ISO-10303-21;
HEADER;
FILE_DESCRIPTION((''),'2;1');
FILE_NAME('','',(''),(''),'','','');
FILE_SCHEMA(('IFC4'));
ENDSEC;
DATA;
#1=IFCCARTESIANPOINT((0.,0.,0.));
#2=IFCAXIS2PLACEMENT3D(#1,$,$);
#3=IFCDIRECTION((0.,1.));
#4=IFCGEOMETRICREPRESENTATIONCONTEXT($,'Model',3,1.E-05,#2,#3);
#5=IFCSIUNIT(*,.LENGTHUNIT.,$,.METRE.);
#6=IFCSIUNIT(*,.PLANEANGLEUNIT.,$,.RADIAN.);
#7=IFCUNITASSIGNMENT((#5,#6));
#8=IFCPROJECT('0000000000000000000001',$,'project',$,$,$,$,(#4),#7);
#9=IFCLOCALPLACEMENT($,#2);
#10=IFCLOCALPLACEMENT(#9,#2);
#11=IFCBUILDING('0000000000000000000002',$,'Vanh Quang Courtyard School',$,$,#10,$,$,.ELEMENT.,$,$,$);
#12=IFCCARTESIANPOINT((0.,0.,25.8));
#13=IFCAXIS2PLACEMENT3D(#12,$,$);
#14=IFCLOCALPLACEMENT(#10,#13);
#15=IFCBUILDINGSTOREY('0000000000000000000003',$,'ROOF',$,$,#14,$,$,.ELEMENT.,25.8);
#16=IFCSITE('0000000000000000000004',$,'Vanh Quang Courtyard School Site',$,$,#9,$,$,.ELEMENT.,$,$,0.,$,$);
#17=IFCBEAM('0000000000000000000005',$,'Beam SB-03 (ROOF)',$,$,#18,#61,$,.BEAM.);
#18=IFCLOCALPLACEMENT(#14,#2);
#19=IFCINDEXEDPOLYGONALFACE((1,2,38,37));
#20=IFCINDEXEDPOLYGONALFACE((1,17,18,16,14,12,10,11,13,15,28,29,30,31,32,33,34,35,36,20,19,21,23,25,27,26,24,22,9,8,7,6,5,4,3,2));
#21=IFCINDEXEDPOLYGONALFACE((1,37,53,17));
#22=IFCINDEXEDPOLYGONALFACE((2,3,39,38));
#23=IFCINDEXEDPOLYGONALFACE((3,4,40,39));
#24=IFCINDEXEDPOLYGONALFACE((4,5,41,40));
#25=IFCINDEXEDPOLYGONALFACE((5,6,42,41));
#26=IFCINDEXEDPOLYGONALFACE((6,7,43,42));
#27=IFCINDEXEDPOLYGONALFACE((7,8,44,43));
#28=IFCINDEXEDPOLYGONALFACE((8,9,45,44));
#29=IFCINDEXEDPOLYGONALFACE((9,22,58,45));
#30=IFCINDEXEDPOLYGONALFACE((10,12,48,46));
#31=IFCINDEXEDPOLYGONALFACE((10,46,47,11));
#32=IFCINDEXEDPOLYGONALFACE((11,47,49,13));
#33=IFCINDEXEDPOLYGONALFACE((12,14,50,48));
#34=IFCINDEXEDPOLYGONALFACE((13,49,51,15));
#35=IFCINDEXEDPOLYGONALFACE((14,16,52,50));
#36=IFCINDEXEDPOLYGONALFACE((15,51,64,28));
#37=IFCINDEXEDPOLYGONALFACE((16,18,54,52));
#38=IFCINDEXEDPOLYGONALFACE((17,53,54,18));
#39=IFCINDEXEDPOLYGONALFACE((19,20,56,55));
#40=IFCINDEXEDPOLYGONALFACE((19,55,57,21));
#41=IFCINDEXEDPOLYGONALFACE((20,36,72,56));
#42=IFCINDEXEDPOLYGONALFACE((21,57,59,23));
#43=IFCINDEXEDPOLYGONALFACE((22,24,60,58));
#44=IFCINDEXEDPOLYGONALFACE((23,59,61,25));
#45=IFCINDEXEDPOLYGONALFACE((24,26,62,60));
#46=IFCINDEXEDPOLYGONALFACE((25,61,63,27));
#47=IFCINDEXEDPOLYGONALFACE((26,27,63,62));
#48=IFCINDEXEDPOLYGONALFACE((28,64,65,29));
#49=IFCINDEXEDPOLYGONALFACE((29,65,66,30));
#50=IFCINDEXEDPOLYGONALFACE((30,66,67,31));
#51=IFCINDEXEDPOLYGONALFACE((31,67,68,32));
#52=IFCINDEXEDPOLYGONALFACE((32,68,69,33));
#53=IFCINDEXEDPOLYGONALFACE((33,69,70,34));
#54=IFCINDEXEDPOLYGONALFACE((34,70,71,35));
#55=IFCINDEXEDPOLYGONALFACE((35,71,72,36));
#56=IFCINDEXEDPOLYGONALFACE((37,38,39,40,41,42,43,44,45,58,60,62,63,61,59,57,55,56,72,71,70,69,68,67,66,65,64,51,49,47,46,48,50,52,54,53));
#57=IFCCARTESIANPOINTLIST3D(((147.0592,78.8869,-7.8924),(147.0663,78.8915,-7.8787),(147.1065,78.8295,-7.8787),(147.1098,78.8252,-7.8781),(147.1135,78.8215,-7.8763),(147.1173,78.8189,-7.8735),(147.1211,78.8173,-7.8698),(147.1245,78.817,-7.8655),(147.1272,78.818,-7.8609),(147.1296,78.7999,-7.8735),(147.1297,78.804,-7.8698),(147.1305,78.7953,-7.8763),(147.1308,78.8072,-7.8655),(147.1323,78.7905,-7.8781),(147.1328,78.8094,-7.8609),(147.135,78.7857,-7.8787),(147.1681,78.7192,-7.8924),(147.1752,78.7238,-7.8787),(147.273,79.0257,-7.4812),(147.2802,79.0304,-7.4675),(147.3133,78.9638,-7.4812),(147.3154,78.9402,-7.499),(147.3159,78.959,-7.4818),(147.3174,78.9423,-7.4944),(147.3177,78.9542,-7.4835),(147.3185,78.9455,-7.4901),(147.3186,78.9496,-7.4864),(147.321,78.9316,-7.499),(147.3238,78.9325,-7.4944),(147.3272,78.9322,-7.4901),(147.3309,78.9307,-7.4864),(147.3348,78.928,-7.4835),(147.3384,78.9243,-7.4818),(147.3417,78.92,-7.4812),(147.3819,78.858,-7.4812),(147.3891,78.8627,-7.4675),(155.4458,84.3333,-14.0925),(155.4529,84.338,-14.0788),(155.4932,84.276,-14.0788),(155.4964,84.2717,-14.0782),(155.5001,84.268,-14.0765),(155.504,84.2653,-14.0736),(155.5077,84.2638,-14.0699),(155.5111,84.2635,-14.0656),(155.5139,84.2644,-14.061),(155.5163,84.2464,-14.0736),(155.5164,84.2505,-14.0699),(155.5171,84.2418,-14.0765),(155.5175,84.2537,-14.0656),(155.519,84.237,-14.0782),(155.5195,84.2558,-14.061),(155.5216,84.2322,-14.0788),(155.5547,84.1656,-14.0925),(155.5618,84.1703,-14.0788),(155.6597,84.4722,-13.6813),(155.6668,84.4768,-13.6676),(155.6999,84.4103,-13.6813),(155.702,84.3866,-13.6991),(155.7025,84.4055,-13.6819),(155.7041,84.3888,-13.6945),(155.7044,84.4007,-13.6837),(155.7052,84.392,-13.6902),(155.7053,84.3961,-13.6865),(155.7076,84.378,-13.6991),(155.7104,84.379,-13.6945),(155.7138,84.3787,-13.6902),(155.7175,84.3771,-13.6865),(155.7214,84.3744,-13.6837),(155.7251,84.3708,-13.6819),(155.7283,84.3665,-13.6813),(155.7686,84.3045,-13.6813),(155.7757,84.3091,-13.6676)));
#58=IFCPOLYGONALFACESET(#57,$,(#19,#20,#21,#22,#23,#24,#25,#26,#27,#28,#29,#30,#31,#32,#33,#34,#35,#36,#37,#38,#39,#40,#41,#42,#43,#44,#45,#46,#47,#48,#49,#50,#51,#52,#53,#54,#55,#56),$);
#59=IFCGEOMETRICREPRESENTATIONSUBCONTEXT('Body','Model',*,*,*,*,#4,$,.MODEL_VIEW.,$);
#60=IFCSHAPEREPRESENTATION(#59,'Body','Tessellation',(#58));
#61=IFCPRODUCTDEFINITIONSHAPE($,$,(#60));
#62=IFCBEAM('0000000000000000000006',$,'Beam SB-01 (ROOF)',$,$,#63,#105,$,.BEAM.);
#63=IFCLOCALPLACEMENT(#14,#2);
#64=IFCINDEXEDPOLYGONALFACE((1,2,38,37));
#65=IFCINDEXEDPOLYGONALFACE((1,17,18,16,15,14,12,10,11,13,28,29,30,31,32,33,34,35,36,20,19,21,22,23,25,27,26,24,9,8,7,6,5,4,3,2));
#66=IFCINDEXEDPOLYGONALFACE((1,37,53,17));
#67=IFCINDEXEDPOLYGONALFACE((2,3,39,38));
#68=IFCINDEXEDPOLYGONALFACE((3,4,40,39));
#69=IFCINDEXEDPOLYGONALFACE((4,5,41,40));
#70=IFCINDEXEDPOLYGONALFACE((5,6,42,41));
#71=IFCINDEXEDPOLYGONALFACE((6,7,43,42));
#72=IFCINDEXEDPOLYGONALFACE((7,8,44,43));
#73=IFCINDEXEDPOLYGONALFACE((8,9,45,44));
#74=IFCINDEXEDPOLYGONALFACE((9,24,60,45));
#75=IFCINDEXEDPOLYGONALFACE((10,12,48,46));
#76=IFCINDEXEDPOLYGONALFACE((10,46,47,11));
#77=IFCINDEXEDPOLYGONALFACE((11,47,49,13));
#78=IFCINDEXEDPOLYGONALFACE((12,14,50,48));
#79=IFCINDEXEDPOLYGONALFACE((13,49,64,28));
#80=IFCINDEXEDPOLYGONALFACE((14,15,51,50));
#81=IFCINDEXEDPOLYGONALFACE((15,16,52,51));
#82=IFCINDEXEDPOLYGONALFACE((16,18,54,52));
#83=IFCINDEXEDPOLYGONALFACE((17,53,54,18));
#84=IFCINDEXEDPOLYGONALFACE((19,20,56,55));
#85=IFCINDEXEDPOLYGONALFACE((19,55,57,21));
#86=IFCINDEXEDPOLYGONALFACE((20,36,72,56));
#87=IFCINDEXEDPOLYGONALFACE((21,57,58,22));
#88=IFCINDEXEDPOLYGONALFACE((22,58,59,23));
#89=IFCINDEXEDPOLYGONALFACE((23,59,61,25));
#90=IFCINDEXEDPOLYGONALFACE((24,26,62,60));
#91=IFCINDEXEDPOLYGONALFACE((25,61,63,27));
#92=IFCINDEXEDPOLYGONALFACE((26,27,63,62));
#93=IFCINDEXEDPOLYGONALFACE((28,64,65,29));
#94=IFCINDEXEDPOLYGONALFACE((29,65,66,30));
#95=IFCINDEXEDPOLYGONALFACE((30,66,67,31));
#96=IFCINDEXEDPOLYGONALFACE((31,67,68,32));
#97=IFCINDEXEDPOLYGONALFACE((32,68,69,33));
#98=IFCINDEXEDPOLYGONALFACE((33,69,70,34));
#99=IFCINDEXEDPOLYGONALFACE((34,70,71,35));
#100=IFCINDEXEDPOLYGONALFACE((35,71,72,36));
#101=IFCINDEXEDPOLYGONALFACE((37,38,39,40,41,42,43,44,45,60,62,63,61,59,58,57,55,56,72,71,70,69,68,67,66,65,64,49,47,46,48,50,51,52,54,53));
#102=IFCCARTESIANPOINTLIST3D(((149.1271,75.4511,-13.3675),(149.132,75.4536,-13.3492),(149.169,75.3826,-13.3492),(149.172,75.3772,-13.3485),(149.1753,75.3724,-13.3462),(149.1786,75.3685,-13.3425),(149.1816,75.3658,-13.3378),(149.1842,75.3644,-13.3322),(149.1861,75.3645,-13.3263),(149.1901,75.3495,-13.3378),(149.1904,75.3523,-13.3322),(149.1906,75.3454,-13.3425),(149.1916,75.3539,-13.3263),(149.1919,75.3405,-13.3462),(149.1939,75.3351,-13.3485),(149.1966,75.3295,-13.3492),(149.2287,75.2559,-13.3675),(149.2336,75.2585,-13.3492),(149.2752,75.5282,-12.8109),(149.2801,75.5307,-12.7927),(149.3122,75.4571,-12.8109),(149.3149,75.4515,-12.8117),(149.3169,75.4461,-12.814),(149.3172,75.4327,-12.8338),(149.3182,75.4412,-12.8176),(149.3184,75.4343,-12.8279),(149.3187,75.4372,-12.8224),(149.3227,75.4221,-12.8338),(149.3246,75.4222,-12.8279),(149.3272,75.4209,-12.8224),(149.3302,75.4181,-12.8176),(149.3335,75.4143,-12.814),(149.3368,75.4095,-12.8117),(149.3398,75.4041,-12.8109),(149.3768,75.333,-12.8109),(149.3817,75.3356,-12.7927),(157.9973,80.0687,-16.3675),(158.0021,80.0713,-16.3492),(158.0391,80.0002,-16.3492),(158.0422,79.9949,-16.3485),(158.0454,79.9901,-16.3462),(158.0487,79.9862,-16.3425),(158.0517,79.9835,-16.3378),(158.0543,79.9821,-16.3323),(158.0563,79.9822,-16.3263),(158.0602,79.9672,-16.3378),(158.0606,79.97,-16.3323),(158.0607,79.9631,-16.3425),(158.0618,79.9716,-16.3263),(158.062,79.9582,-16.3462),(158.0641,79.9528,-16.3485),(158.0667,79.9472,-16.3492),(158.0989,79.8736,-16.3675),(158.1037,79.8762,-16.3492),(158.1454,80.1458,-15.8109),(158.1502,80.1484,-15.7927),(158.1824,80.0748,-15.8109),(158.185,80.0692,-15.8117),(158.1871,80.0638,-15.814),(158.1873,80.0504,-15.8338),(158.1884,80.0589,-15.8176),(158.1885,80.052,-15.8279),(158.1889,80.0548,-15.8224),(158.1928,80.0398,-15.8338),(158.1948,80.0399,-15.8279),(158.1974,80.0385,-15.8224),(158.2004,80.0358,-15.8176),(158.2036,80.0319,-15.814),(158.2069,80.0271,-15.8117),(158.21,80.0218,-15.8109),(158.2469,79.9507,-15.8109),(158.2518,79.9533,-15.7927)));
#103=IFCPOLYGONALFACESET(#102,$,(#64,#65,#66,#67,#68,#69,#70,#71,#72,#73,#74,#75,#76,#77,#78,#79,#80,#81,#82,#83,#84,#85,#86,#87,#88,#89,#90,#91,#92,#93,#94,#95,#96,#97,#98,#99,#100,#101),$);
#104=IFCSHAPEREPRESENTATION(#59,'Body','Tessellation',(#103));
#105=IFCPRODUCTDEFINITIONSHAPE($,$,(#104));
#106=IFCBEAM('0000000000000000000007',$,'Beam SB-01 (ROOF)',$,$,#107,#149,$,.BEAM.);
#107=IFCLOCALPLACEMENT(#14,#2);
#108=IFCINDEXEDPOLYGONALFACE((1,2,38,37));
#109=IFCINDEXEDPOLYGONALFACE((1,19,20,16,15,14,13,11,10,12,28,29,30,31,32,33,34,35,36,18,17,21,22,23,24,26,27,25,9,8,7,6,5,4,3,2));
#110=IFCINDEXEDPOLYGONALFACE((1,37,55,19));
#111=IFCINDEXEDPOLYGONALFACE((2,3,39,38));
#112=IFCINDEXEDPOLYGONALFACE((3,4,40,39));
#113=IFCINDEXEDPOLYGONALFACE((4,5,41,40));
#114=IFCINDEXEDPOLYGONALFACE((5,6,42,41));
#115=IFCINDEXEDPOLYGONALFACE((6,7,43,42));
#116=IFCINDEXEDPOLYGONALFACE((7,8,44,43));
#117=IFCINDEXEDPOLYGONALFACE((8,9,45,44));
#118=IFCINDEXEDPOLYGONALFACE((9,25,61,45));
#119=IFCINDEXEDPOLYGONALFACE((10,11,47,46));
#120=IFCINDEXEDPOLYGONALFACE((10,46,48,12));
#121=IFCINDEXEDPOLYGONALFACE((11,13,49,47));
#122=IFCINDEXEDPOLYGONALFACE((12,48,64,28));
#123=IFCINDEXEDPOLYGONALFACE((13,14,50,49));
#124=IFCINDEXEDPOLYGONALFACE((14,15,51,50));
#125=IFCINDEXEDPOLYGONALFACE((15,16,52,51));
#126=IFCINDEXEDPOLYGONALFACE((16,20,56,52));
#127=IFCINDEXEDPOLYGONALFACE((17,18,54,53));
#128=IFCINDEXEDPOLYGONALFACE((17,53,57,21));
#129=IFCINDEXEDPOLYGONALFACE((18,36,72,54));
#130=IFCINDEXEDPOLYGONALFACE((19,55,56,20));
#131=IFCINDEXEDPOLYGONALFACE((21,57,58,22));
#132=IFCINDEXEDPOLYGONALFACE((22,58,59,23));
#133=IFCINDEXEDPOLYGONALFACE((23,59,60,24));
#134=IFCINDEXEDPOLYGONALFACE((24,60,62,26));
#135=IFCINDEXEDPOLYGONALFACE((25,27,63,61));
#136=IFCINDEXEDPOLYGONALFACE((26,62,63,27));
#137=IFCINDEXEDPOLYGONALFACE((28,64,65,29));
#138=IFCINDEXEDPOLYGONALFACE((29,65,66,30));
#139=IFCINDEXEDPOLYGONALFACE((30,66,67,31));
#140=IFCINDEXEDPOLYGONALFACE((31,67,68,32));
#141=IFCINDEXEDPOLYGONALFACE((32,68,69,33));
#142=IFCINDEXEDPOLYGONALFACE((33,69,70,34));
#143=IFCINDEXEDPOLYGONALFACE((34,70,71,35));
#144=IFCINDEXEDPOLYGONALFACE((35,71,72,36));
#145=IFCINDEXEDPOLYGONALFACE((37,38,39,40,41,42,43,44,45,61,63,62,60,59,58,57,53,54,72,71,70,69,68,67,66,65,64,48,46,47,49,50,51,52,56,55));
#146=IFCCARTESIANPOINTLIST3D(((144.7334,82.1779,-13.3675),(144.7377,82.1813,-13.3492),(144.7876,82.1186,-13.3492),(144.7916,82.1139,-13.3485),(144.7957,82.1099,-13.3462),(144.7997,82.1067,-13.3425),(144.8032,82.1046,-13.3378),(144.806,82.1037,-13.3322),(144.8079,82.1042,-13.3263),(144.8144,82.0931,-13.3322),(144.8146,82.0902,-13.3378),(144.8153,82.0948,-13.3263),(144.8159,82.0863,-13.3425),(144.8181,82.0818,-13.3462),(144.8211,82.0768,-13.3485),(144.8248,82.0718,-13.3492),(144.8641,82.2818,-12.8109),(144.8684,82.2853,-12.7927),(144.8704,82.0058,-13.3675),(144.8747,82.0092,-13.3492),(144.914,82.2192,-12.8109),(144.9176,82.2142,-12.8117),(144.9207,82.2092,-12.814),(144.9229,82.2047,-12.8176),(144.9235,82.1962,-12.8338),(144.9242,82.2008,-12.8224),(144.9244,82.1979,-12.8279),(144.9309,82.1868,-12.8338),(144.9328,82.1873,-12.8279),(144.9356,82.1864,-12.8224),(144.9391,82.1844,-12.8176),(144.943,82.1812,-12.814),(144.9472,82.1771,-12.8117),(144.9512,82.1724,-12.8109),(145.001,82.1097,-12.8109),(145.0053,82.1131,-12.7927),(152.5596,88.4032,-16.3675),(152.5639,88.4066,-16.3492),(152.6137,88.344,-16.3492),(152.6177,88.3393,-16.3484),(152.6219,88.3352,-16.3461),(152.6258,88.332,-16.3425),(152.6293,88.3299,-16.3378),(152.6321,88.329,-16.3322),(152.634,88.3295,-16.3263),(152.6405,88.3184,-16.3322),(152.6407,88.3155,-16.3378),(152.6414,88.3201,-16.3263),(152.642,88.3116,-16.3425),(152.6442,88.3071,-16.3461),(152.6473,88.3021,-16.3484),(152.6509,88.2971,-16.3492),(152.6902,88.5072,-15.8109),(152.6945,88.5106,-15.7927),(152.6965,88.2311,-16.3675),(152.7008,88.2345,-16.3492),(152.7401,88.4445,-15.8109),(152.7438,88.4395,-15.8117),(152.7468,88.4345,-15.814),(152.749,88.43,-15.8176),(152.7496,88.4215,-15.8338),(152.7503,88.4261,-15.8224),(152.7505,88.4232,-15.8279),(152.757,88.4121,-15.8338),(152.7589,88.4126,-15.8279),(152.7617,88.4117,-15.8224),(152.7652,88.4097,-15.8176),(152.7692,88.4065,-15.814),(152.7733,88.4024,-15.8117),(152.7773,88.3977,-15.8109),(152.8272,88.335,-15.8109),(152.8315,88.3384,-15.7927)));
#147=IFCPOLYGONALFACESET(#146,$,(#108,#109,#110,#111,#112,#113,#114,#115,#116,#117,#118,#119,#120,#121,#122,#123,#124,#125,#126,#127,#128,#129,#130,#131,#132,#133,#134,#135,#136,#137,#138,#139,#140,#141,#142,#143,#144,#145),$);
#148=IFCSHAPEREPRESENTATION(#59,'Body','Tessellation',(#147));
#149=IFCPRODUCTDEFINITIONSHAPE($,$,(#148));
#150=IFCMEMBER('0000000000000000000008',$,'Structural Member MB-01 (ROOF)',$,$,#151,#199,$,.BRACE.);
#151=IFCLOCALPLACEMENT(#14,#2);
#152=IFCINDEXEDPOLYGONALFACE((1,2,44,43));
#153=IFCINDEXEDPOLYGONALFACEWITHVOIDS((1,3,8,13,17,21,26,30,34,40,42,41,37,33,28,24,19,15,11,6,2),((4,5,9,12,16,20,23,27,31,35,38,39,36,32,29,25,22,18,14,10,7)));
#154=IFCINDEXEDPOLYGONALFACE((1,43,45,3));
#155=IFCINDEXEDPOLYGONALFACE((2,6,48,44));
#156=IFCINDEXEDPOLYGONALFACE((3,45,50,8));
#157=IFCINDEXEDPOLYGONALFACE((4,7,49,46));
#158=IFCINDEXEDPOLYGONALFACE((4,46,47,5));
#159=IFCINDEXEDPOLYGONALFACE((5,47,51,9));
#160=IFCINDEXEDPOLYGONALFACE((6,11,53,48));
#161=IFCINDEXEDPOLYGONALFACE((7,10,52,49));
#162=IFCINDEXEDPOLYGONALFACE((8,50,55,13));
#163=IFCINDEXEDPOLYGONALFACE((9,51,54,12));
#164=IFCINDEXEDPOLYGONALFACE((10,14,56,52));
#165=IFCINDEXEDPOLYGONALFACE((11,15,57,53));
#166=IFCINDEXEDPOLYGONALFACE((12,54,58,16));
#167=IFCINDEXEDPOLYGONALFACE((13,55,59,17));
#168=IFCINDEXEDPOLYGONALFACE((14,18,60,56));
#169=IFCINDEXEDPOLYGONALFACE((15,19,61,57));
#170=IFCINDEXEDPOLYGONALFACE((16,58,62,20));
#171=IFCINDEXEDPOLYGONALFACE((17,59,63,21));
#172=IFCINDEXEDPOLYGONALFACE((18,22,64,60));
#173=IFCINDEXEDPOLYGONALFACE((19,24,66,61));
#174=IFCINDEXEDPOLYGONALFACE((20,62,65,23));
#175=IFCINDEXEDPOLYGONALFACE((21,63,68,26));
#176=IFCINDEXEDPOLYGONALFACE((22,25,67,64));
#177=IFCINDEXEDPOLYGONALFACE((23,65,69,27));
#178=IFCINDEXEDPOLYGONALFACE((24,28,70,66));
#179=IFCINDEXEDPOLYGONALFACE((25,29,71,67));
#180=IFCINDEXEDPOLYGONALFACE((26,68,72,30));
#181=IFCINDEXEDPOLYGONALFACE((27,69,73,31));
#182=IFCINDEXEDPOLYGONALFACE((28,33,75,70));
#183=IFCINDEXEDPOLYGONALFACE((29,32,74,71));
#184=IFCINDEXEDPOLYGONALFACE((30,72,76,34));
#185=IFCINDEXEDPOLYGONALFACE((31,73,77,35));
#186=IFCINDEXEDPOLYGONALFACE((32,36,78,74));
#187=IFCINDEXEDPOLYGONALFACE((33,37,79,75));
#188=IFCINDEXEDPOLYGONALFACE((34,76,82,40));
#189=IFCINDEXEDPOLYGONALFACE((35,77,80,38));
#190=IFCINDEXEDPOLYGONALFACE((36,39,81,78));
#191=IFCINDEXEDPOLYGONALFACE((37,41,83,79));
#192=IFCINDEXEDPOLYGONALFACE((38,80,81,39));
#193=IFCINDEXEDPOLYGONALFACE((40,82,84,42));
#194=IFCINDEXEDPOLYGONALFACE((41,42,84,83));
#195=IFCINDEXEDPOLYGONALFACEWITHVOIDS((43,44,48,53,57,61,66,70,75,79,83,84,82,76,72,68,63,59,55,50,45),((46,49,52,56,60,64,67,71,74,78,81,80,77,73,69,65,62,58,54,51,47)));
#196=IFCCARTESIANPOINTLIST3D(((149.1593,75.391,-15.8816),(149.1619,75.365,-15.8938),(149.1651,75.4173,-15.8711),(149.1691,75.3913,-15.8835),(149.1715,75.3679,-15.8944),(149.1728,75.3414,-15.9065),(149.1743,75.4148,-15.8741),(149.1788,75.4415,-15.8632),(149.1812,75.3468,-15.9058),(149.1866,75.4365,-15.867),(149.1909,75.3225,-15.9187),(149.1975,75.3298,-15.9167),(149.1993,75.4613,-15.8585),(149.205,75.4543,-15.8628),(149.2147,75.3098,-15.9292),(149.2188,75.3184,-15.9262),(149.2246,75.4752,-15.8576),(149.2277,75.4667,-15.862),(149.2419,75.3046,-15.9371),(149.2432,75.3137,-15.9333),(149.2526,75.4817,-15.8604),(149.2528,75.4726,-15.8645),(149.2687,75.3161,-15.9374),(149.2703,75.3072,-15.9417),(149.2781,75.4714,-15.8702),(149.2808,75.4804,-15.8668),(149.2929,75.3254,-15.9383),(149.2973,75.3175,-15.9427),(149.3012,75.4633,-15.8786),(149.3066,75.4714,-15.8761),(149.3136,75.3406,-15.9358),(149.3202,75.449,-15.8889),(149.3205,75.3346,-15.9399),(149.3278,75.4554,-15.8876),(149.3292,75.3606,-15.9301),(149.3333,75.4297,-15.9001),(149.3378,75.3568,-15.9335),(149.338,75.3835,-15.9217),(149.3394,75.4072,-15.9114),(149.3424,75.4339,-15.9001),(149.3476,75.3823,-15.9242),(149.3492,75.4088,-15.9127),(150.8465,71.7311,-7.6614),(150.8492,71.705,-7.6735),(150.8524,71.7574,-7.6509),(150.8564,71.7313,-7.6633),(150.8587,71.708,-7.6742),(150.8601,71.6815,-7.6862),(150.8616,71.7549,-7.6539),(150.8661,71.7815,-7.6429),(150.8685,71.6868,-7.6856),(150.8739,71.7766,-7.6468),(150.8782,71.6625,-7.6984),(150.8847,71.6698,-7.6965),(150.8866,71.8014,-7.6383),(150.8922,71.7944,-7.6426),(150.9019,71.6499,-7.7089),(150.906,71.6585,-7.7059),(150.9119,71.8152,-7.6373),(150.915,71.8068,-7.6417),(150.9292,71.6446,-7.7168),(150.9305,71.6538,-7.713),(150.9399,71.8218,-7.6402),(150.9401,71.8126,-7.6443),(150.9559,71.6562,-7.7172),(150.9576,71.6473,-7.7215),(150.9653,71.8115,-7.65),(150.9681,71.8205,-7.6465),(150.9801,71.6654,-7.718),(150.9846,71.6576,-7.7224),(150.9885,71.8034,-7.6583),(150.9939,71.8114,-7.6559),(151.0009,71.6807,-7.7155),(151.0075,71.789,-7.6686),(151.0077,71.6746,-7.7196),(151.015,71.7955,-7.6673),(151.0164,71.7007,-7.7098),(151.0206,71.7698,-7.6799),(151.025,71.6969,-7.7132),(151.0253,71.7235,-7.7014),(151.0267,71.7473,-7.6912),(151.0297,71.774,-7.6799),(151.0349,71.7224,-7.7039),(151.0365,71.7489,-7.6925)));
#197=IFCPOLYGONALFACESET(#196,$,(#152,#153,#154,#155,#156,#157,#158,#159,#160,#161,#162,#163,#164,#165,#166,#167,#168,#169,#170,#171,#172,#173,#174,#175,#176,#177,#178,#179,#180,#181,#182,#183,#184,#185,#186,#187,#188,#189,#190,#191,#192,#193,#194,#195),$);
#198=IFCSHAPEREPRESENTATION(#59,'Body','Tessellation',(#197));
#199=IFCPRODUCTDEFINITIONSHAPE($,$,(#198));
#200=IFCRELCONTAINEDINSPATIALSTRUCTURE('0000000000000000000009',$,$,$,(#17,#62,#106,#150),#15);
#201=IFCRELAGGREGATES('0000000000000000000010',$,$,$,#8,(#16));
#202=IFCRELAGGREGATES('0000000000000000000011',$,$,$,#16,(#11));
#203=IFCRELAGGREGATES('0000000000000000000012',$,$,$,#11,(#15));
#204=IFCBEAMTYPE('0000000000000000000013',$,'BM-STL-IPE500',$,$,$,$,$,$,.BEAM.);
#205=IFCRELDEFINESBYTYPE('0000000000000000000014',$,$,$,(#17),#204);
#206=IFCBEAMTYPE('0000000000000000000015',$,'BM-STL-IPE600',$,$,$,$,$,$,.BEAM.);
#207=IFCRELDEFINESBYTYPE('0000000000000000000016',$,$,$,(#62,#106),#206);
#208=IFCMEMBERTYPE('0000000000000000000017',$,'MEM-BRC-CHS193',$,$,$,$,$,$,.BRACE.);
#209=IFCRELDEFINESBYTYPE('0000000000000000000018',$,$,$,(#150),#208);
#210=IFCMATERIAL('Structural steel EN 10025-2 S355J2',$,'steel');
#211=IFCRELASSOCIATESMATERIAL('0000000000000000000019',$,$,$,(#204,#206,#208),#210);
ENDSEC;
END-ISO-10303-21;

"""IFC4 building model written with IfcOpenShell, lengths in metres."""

from ifc_helpers import new_model, si_unit, direction, frame, origin, origin_2d, place, context, subcontext, project, spatial, hollow_circle, i_section, extrude, material, material_profile, profile_set, type_object, element, save


model = new_model("IFC4")

# Units and contexts
model_context = context("Model", 3, precision=1e-05, world=origin(), true_north=direction((0.0, 1.0)))
body_context = subcontext(model_context, "Body", "Model", "MODEL_VIEW")
ifc_project = project(units=[si_unit("LENGTHUNIT", "METRE"), si_unit("PLANEANGLEUNIT", "RADIAN")], contexts=[model_context])

# Site, building, storey
site_placement = place(None, origin())
site = spatial("IfcSite", under=ifc_project, at=site_placement, Name="Vanh Quang Courtyard School Site", CompositionType="ELEMENT", RefElevation=0.0)
building_placement = place(site_placement, origin())
building = spatial("IfcBuilding", under=site, at=building_placement, Name="Vanh Quang Courtyard School", CompositionType="ELEMENT")
storey_placement = place(building_placement, frame((0.0, 0.0, 25.8)))
storey = spatial("IfcBuildingStorey", under=building, at=storey_placement, Name="ROOF", CompositionType="ELEMENT", Elevation=25.8)

# Beams
ifc_material_1 = material(Name="Structural steel EN 10025-2 S355J2", Category="steel")
ifc_material_profile_1 = material_profile(ifc_material_1, i_section(OverallWidth=0.2, OverallDepth=0.5, WebThickness=0.0103, FlangeThickness=0.0161, FilletRadius=0.021, at=origin_2d()), Name="IPE 500")
ifc_profile_set_1 = profile_set([ifc_material_profile_1], Name="Structural steel EN 10025-2 S355J2")
beam_type_1 = type_object("IfcBeamType", Name="BM-STL-IPE500", PredefinedType="BEAM", material=ifc_profile_set_1)
beam_placement = place(storey_placement, frame((147.2241, 78.8748, -7.6799), z_axis=(0.712779, 0.462895, -0.526948), x_axis=(-0.544648, 0.838664, 0.0)))
element("IfcBeam", 1, at=beam_placement, inside=storey, type_object=beam_type_1, Name="Beam SB-03 (ROOF)", PredefinedType="BEAM", context=body_context, shape_type="SweptSolid", body=[
    extrude(i_section(OverallWidth=0.2, OverallDepth=0.5, WebThickness=0.0103, FlangeThickness=0.0161, FilletRadius=0.021, at=origin_2d()), origin(), (0.0, 0.0, 1.0), 11.7661),
])
ifc_material_profile_2 = material_profile(ifc_material_1, i_section(OverallWidth=0.22, OverallDepth=0.6001, WebThickness=0.012, FlangeThickness=0.019, FilletRadius=0.0239, at=origin_2d()), Name="IPE 600")
ifc_profile_set_2 = profile_set([ifc_material_profile_2], Name="Structural steel EN 10025-2 S355J2")
beam_type_2 = type_object("IfcBeamType", Name="BM-STL-IPE600", PredefinedType="BEAM", material=ifc_profile_set_2)
for number, where, z_axis, x_axis, name in (
    (2, (149.2544, 75.3933, -13.0801), (0.849596, 0.442289, -0.287345), (-0.461763, 0.887003, 0.0), "Beam SB-01 (ROOF)"),
    (3, (144.8694, 82.1455, -13.0801), (0.749598, 0.596269, -0.287343), (-0.622522, 0.782602, 0.0), "Beam SB-01 (ROOF)"),
):
    element("IfcBeam", number, at=place(storey_placement, frame(where, z_axis=z_axis, x_axis=x_axis)), inside=storey, type_object=beam_type_2, Name=name, PredefinedType="BEAM", context=body_context, shape_type="SweptSolid", body=[
        extrude(i_section(OverallWidth=0.22, OverallDepth=0.6001, WebThickness=0.012, FlangeThickness=0.019, FilletRadius=0.0239, at=origin_2d()), origin(), (0.0, 0.0, 1.0), 10.4404),
    ])

# Member
ifc_material_profile_3 = material_profile(ifc_material_1, hollow_circle(Radius=0.0969, WallThickness=0.01, at=origin_2d()), Name="CHS 193.7x10")
ifc_profile_set_3 = profile_set([ifc_material_profile_3], Name="Structural steel EN 10025-2 S355J2")
member_type_1 = type_object("IfcMemberType", Name="MEM-BRC-CHS193", PredefinedType="BRACE", material=ifc_profile_set_3)
for number, where, z_axis, x_axis, name in (
    (4, (149.2544, 75.3933, -15.9001), (0.184299, -0.399773, 0.897895), (0.908142, 0.418662, 0.0), "Structural Member MB-01 (ROOF)"),
):
    element("IfcMember", number, at=place(storey_placement, frame(where, z_axis=z_axis, x_axis=x_axis)), inside=storey, type_object=member_type_1, Name=name, PredefinedType="BRACE", context=body_context, shape_type="SweptSolid", body=[
        extrude(hollow_circle(Radius=0.0969, WallThickness=0.01, at=origin_2d()), origin(), (0.0, 0.0, 1.0), 9.155),
    ])

save(model, "model.ifc")
